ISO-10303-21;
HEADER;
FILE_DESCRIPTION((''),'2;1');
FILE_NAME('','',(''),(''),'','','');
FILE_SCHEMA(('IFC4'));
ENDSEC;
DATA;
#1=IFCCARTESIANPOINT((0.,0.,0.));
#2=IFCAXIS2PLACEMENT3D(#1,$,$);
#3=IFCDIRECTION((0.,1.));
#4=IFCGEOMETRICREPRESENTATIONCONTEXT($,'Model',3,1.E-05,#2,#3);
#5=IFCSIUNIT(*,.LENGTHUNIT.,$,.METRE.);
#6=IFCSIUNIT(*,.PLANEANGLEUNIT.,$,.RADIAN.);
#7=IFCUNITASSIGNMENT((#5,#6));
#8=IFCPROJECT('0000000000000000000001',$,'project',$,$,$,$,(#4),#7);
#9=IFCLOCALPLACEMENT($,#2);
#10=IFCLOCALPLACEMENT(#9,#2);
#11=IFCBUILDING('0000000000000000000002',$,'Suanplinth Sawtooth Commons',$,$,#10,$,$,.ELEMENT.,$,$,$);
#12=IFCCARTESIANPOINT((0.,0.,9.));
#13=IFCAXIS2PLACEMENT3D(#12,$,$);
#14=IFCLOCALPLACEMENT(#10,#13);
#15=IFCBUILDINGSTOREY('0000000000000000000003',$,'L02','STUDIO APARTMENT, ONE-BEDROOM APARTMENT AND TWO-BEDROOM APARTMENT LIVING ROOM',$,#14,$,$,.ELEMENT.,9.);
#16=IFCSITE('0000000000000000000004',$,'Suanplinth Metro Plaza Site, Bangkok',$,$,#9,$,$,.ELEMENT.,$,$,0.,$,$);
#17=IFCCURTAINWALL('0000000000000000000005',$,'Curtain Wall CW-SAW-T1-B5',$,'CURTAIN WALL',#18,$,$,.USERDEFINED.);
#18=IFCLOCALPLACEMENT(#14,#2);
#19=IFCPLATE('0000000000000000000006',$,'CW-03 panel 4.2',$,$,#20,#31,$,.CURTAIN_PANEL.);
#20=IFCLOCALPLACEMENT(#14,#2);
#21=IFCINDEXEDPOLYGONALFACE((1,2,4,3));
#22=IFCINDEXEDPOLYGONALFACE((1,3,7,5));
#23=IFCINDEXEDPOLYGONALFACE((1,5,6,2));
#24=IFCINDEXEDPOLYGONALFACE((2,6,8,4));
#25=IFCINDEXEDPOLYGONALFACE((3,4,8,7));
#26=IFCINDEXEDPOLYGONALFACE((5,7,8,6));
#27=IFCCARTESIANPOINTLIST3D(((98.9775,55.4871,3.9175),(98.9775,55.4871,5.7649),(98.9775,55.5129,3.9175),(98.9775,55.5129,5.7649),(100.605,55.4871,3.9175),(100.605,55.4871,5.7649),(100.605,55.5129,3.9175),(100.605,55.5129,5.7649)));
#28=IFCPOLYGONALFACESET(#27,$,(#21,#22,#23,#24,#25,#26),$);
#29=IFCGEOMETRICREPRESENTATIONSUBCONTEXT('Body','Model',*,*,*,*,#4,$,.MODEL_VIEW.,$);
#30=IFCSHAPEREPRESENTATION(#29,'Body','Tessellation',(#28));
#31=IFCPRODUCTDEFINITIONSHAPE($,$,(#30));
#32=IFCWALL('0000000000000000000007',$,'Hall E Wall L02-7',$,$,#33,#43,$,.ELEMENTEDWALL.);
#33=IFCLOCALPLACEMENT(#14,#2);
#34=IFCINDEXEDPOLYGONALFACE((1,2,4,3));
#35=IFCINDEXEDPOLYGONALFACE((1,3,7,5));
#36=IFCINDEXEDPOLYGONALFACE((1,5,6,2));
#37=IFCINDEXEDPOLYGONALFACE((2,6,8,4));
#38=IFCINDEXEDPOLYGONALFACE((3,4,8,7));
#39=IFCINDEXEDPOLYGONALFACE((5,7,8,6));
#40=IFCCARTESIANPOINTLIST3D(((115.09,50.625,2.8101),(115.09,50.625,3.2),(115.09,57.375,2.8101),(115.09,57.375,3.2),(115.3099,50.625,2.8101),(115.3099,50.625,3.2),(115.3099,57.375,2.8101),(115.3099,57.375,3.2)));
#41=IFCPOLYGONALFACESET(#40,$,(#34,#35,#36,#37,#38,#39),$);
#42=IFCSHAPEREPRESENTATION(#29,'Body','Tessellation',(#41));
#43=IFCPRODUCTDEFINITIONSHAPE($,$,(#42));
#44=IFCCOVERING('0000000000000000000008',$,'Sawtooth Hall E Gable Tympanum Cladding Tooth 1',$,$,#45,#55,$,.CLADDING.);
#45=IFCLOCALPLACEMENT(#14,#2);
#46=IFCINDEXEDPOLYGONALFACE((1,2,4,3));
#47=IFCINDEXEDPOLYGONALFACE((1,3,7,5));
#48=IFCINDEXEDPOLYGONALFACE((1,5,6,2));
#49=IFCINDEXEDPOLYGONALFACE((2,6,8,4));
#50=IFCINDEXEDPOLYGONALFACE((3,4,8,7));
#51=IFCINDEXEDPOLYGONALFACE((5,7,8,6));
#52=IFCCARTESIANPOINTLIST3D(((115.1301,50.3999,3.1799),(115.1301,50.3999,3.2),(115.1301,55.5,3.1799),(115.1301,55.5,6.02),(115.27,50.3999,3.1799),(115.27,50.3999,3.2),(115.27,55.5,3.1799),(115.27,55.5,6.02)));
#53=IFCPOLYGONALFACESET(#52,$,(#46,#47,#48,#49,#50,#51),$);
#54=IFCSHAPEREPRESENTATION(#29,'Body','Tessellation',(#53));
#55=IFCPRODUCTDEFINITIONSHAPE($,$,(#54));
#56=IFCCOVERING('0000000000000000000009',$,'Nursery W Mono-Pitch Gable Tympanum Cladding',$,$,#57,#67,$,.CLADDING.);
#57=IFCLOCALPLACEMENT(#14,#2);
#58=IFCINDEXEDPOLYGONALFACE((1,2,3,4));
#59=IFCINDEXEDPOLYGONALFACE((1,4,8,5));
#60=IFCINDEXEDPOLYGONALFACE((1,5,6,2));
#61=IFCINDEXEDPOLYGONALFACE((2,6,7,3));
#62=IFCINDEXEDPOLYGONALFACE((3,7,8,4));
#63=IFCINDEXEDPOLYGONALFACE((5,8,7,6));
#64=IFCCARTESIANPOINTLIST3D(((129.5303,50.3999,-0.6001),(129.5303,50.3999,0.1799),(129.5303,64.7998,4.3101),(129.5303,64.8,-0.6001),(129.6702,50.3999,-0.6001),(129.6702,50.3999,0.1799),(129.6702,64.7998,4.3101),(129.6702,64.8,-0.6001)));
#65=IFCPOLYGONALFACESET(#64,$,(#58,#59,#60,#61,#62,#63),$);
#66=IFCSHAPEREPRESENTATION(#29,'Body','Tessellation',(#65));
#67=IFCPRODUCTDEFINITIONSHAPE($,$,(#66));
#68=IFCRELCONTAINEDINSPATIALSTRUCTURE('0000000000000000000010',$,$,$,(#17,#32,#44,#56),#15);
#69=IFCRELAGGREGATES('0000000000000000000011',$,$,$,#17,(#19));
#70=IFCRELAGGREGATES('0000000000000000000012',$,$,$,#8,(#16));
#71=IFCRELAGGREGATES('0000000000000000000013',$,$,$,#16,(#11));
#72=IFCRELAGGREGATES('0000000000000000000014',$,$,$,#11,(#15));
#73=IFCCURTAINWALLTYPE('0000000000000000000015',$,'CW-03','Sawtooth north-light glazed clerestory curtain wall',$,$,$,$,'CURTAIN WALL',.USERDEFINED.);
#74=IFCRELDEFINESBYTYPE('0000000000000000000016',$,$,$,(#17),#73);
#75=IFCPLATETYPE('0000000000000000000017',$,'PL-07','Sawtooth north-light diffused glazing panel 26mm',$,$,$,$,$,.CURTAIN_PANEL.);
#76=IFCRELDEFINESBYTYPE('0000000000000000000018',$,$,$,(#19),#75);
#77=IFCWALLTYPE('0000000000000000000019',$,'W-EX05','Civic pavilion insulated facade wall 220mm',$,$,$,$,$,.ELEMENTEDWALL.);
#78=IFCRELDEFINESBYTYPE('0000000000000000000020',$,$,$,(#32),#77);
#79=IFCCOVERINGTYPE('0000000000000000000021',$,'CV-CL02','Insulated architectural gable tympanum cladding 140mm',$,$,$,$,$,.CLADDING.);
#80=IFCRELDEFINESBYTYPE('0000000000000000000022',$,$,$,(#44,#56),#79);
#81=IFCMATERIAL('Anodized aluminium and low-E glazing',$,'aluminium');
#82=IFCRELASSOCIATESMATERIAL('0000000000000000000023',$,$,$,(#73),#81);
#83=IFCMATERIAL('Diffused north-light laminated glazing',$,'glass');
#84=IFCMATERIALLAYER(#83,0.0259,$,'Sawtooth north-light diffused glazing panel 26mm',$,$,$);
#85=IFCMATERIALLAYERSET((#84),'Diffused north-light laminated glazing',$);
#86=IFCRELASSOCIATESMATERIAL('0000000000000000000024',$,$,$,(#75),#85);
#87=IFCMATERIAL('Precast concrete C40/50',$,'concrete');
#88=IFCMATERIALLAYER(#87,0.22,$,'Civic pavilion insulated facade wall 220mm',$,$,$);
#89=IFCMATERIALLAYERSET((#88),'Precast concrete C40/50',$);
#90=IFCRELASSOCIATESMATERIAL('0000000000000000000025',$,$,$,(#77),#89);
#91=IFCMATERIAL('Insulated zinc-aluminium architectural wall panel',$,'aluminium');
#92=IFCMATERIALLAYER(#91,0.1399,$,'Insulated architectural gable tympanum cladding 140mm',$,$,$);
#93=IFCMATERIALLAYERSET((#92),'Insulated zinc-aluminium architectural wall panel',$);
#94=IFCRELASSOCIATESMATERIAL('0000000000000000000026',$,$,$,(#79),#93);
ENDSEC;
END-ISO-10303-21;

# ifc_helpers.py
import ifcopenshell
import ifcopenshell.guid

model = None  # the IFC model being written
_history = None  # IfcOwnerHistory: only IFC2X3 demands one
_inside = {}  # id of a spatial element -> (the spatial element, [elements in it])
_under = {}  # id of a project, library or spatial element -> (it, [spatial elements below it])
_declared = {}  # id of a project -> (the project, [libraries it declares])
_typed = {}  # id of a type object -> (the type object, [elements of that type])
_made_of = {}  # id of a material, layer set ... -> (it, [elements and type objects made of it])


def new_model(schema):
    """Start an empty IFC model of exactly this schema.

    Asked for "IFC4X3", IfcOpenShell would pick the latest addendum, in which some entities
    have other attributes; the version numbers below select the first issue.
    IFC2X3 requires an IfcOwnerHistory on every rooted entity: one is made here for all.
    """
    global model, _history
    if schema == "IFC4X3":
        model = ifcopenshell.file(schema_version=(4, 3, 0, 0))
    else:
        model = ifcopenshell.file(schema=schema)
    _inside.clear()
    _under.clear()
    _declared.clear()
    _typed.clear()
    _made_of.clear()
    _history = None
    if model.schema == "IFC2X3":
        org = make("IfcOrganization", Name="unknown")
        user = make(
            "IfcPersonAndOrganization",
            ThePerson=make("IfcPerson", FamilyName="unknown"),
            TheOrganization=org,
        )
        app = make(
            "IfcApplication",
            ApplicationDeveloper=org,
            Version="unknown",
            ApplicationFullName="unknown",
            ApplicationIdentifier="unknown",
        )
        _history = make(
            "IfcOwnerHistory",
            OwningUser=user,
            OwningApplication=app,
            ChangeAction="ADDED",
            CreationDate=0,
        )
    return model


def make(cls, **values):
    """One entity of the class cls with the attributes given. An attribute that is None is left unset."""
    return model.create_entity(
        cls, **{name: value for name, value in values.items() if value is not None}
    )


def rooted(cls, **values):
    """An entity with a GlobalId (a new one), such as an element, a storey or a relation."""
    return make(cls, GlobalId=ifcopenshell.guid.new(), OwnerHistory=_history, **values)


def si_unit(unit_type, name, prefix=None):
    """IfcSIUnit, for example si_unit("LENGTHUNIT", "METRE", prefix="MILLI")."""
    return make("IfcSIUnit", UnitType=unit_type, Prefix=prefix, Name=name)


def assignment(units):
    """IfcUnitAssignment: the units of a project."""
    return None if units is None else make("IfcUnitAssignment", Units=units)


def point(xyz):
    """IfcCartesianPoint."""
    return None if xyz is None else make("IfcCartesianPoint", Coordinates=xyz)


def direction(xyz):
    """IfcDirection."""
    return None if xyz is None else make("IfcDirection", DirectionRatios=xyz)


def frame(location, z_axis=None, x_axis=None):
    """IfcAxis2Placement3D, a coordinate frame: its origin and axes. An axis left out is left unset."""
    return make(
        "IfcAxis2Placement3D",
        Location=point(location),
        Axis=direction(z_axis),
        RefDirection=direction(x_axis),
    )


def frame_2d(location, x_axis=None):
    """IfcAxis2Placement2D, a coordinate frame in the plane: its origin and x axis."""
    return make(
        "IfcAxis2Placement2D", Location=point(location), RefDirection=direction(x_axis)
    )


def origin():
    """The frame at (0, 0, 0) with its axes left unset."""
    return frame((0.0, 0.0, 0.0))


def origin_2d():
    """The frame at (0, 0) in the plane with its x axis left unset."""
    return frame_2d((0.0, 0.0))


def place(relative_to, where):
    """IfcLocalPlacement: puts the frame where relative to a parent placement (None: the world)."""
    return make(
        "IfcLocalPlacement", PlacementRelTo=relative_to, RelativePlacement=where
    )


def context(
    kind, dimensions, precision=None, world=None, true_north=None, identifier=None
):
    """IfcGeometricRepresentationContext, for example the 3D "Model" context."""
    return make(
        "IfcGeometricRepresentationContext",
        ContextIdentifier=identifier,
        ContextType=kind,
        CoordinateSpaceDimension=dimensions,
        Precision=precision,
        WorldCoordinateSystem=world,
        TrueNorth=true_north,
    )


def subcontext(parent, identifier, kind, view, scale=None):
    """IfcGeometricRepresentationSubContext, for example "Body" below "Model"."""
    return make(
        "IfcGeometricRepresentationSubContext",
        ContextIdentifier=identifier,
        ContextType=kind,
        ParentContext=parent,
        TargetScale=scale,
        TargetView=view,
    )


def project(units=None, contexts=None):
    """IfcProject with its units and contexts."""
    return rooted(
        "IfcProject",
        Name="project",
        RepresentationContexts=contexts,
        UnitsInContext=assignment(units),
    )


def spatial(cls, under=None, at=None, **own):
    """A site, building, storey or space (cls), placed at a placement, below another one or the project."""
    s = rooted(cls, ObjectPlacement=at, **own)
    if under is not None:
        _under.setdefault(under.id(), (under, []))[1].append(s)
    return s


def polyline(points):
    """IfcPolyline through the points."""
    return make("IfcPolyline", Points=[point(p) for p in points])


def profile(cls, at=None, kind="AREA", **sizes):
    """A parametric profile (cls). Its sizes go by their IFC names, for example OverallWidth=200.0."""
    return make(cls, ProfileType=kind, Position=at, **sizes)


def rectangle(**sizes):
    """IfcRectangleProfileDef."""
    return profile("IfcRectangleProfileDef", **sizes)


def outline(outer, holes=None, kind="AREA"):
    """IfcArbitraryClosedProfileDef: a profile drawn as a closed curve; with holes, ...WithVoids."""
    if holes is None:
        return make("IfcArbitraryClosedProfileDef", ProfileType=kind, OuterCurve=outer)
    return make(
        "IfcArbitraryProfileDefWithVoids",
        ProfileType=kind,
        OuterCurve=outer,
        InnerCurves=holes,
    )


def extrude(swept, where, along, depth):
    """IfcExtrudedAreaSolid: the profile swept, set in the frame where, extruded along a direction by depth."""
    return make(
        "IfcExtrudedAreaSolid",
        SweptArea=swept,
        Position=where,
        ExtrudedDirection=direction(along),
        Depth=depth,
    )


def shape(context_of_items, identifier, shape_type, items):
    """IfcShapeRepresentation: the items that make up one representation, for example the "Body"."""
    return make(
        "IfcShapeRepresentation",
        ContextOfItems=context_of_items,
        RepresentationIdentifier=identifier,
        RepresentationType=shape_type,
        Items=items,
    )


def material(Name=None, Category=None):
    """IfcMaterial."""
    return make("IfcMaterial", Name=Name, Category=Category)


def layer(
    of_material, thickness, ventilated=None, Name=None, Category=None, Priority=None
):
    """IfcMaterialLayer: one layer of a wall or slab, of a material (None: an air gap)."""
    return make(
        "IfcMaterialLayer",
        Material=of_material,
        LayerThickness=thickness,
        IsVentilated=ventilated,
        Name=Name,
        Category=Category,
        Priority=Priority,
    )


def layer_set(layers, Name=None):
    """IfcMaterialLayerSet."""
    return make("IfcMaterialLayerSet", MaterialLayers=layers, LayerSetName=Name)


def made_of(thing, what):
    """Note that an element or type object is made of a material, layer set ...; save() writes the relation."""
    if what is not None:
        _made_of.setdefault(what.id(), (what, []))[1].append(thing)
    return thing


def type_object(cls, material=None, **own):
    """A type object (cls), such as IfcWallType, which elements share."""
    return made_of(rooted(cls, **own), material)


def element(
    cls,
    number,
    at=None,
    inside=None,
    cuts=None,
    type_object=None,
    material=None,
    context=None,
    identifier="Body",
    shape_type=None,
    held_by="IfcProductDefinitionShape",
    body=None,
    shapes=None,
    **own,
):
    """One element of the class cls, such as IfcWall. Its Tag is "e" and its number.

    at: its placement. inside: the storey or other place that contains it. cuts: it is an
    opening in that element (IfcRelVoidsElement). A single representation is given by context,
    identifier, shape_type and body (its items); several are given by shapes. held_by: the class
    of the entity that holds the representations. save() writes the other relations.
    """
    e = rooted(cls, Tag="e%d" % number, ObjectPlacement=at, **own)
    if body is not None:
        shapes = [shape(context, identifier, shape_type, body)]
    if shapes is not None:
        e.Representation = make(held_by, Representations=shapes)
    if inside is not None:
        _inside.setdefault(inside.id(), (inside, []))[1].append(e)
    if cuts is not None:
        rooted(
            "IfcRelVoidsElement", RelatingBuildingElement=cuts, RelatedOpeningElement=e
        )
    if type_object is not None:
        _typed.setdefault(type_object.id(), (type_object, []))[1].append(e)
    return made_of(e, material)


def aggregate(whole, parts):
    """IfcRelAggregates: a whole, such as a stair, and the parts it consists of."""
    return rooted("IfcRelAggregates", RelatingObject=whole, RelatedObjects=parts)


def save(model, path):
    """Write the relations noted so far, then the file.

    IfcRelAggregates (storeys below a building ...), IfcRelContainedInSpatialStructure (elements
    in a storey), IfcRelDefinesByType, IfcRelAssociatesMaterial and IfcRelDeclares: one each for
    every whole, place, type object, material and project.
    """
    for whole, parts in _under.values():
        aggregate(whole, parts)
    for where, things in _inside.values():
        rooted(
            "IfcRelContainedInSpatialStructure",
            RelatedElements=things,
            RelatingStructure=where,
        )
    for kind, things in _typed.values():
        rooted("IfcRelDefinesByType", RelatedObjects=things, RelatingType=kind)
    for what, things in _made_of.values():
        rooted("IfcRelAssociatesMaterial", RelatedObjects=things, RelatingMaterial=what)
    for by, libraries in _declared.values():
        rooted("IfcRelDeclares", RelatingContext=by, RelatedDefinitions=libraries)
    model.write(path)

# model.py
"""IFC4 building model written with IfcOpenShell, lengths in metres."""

from ifc_helpers import new_model, si_unit, direction, frame, frame_2d, origin, origin_2d, place, context, subcontext, project, spatial, polyline, rectangle, outline, extrude, material, layer, layer_set, type_object, element, aggregate, save


model = new_model("IFC4")

# Units and contexts
model_context = context("Model", 3, precision=1e-05, world=origin(), true_north=direction((0.0, 1.0)))
body_context = subcontext(model_context, "Body", "Model", "MODEL_VIEW")
ifc_project = project(units=[si_unit("LENGTHUNIT", "METRE"), si_unit("PLANEANGLEUNIT", "RADIAN")], contexts=[model_context])

# Site, building, storey
site_placement = place(None, origin())
site = spatial("IfcSite", under=ifc_project, at=site_placement, Name="Suanplinth Metro Plaza Site, Bangkok", CompositionType="ELEMENT", RefElevation=0.0)
building_placement = place(site_placement, origin())
building = spatial("IfcBuilding", under=site, at=building_placement, Name="Suanplinth Sawtooth Commons", CompositionType="ELEMENT")
storey_placement = place(building_placement, frame((0.0, 0.0, 9.0)))
storey = spatial("IfcBuildingStorey", under=building, at=storey_placement, Name="L02", Description="STUDIO APARTMENT, ONE-BEDROOM APARTMENT AND TWO-BEDROOM APARTMENT LIVING ROOM", CompositionType="ELEMENT", Elevation=9.0)

# Curtain wall
ifc_material_1 = material(Name="Anodized aluminium and low-E glazing", Category="aluminium")
curtain_wall_type = type_object("IfcCurtainWallType", Name="CW-03", Description="Sawtooth north-light glazed clerestory curtain wall", ElementType="CURTAIN WALL", PredefinedType="USERDEFINED", material=ifc_material_1)
curtain_wall_placement = place(storey_placement, origin())
curtain_wall = element("IfcCurtainWall", 1, at=curtain_wall_placement, inside=storey, type_object=curtain_wall_type, Name="Curtain Wall CW-SAW-T1-B5", ObjectType="CURTAIN WALL", PredefinedType="USERDEFINED")

# Plate
ifc_material_2 = material(Name="Diffused north-light laminated glazing", Category="glass")
ifc_layer_1 = layer(ifc_material_2, 0.0259, Name="Sawtooth north-light diffused glazing panel 26mm")
ifc_layer_set_1 = layer_set([ifc_layer_1], Name="Diffused north-light laminated glazing")
plate_type_1 = type_object("IfcPlateType", Name="PL-07", Description="Sawtooth north-light diffused glazing panel 26mm", PredefinedType="CURTAIN_PANEL", material=ifc_layer_set_1)
plate_1_placement = place(storey_placement, frame((99.7913, 55.5, 3.9175), z_axis=(0.0, 0.0, 1.0), x_axis=(1.0, 0.0, 0.0)))
plate_1 = element("IfcPlate", 2, at=plate_1_placement, type_object=plate_type_1, Name="CW-03 panel 4.2", PredefinedType="CURTAIN_PANEL", context=body_context, shape_type="SweptSolid", body=[
    extrude(rectangle(XDim=1.6274, YDim=0.0259, at=origin_2d()), origin(), (0.0, 0.0, 1.0), 1.8474),
])
aggregate(curtain_wall, [plate_1])

# Wall
ifc_material_3 = material(Name="Precast concrete C40/50", Category="concrete")
ifc_layer_2 = layer(ifc_material_3, 0.22, Name="Civic pavilion insulated facade wall 220mm")
ifc_layer_set_2 = layer_set([ifc_layer_2], Name="Precast concrete C40/50")
wall_type = type_object("IfcWallType", Name="W-EX05", Description="Civic pavilion insulated facade wall 220mm", PredefinedType="ELEMENTEDWALL", material=ifc_layer_set_2)
wall_placement = place(storey_placement, frame((115.2, 50.625, 2.8101), z_axis=(0.0, 0.0, 1.0), x_axis=(0.0, 1.0, 0.0)))
element("IfcWall", 3, at=wall_placement, inside=storey, type_object=wall_type, Name="Hall E Wall L02-7", PredefinedType="ELEMENTEDWALL", context=body_context, shape_type="SweptSolid", body=[
    extrude(rectangle(XDim=6.75, YDim=0.22, at=frame_2d((3.375, 0.0))), origin(), (0.0, 0.0, 1.0), 0.3899),
])

# Coverings
ifc_material_4 = material(Name="Insulated zinc-aluminium architectural wall panel", Category="aluminium")
ifc_layer_3 = layer(ifc_material_4, 0.1399, Name="Insulated architectural gable tympanum cladding 140mm")
ifc_layer_set_3 = layer_set([ifc_layer_3], Name="Insulated zinc-aluminium architectural wall panel")
covering_type = type_object("IfcCoveringType", Name="CV-CL02", Description="Insulated architectural gable tympanum cladding 140mm", PredefinedType="CLADDING", material=ifc_layer_set_3)
covering_1_placement = place(storey_placement, frame((115.2, 50.3999, 3.1799), z_axis=(0.0, 0.0, 1.0), x_axis=(0.0, 1.0, 0.0)))
element("IfcCovering", 4, at=covering_1_placement, inside=storey, type_object=covering_type, Name="Sawtooth Hall E Gable Tympanum Cladding Tooth 1", PredefinedType="CLADDING", context=body_context, shape_type="SweptSolid", body=[
    extrude(outline(polyline([(0.0, 0.0), (5.1001, 0.0), (5.1001, 2.8401), (0.0, 0.02), (0.0, 0.0)])), frame((0.0, 0.0698, 0.0), z_axis=(0.0, -1.0, 0.0), x_axis=(1.0, 0.0, 0.0)), (0.0, 0.0, 1.0), 0.1399),
])
covering_2_placement = place(storey_placement, frame((129.6001, 50.3999, -0.6001), z_axis=(0.0, 0.0, 1.0), x_axis=(0.0, 1.0, 0.0)))
element("IfcCovering", 5, at=covering_2_placement, inside=storey, type_object=covering_type, Name="Nursery W Mono-Pitch Gable Tympanum Cladding", PredefinedType="CLADDING", context=body_context, shape_type="SweptSolid", body=[
    extrude(outline(polyline([(0.0, 0.0), (14.4001, 0.0), (14.3999, 4.9102), (0.0, 0.78), (0.0, 0.0)])), frame((0.0, 0.0698, 0.0), z_axis=(0.0, -1.0, 0.0), x_axis=(1.0, 0.0, 0.0)), (0.0, 0.0, 1.0), 0.1399),
])

save(model, "model.ifc")
